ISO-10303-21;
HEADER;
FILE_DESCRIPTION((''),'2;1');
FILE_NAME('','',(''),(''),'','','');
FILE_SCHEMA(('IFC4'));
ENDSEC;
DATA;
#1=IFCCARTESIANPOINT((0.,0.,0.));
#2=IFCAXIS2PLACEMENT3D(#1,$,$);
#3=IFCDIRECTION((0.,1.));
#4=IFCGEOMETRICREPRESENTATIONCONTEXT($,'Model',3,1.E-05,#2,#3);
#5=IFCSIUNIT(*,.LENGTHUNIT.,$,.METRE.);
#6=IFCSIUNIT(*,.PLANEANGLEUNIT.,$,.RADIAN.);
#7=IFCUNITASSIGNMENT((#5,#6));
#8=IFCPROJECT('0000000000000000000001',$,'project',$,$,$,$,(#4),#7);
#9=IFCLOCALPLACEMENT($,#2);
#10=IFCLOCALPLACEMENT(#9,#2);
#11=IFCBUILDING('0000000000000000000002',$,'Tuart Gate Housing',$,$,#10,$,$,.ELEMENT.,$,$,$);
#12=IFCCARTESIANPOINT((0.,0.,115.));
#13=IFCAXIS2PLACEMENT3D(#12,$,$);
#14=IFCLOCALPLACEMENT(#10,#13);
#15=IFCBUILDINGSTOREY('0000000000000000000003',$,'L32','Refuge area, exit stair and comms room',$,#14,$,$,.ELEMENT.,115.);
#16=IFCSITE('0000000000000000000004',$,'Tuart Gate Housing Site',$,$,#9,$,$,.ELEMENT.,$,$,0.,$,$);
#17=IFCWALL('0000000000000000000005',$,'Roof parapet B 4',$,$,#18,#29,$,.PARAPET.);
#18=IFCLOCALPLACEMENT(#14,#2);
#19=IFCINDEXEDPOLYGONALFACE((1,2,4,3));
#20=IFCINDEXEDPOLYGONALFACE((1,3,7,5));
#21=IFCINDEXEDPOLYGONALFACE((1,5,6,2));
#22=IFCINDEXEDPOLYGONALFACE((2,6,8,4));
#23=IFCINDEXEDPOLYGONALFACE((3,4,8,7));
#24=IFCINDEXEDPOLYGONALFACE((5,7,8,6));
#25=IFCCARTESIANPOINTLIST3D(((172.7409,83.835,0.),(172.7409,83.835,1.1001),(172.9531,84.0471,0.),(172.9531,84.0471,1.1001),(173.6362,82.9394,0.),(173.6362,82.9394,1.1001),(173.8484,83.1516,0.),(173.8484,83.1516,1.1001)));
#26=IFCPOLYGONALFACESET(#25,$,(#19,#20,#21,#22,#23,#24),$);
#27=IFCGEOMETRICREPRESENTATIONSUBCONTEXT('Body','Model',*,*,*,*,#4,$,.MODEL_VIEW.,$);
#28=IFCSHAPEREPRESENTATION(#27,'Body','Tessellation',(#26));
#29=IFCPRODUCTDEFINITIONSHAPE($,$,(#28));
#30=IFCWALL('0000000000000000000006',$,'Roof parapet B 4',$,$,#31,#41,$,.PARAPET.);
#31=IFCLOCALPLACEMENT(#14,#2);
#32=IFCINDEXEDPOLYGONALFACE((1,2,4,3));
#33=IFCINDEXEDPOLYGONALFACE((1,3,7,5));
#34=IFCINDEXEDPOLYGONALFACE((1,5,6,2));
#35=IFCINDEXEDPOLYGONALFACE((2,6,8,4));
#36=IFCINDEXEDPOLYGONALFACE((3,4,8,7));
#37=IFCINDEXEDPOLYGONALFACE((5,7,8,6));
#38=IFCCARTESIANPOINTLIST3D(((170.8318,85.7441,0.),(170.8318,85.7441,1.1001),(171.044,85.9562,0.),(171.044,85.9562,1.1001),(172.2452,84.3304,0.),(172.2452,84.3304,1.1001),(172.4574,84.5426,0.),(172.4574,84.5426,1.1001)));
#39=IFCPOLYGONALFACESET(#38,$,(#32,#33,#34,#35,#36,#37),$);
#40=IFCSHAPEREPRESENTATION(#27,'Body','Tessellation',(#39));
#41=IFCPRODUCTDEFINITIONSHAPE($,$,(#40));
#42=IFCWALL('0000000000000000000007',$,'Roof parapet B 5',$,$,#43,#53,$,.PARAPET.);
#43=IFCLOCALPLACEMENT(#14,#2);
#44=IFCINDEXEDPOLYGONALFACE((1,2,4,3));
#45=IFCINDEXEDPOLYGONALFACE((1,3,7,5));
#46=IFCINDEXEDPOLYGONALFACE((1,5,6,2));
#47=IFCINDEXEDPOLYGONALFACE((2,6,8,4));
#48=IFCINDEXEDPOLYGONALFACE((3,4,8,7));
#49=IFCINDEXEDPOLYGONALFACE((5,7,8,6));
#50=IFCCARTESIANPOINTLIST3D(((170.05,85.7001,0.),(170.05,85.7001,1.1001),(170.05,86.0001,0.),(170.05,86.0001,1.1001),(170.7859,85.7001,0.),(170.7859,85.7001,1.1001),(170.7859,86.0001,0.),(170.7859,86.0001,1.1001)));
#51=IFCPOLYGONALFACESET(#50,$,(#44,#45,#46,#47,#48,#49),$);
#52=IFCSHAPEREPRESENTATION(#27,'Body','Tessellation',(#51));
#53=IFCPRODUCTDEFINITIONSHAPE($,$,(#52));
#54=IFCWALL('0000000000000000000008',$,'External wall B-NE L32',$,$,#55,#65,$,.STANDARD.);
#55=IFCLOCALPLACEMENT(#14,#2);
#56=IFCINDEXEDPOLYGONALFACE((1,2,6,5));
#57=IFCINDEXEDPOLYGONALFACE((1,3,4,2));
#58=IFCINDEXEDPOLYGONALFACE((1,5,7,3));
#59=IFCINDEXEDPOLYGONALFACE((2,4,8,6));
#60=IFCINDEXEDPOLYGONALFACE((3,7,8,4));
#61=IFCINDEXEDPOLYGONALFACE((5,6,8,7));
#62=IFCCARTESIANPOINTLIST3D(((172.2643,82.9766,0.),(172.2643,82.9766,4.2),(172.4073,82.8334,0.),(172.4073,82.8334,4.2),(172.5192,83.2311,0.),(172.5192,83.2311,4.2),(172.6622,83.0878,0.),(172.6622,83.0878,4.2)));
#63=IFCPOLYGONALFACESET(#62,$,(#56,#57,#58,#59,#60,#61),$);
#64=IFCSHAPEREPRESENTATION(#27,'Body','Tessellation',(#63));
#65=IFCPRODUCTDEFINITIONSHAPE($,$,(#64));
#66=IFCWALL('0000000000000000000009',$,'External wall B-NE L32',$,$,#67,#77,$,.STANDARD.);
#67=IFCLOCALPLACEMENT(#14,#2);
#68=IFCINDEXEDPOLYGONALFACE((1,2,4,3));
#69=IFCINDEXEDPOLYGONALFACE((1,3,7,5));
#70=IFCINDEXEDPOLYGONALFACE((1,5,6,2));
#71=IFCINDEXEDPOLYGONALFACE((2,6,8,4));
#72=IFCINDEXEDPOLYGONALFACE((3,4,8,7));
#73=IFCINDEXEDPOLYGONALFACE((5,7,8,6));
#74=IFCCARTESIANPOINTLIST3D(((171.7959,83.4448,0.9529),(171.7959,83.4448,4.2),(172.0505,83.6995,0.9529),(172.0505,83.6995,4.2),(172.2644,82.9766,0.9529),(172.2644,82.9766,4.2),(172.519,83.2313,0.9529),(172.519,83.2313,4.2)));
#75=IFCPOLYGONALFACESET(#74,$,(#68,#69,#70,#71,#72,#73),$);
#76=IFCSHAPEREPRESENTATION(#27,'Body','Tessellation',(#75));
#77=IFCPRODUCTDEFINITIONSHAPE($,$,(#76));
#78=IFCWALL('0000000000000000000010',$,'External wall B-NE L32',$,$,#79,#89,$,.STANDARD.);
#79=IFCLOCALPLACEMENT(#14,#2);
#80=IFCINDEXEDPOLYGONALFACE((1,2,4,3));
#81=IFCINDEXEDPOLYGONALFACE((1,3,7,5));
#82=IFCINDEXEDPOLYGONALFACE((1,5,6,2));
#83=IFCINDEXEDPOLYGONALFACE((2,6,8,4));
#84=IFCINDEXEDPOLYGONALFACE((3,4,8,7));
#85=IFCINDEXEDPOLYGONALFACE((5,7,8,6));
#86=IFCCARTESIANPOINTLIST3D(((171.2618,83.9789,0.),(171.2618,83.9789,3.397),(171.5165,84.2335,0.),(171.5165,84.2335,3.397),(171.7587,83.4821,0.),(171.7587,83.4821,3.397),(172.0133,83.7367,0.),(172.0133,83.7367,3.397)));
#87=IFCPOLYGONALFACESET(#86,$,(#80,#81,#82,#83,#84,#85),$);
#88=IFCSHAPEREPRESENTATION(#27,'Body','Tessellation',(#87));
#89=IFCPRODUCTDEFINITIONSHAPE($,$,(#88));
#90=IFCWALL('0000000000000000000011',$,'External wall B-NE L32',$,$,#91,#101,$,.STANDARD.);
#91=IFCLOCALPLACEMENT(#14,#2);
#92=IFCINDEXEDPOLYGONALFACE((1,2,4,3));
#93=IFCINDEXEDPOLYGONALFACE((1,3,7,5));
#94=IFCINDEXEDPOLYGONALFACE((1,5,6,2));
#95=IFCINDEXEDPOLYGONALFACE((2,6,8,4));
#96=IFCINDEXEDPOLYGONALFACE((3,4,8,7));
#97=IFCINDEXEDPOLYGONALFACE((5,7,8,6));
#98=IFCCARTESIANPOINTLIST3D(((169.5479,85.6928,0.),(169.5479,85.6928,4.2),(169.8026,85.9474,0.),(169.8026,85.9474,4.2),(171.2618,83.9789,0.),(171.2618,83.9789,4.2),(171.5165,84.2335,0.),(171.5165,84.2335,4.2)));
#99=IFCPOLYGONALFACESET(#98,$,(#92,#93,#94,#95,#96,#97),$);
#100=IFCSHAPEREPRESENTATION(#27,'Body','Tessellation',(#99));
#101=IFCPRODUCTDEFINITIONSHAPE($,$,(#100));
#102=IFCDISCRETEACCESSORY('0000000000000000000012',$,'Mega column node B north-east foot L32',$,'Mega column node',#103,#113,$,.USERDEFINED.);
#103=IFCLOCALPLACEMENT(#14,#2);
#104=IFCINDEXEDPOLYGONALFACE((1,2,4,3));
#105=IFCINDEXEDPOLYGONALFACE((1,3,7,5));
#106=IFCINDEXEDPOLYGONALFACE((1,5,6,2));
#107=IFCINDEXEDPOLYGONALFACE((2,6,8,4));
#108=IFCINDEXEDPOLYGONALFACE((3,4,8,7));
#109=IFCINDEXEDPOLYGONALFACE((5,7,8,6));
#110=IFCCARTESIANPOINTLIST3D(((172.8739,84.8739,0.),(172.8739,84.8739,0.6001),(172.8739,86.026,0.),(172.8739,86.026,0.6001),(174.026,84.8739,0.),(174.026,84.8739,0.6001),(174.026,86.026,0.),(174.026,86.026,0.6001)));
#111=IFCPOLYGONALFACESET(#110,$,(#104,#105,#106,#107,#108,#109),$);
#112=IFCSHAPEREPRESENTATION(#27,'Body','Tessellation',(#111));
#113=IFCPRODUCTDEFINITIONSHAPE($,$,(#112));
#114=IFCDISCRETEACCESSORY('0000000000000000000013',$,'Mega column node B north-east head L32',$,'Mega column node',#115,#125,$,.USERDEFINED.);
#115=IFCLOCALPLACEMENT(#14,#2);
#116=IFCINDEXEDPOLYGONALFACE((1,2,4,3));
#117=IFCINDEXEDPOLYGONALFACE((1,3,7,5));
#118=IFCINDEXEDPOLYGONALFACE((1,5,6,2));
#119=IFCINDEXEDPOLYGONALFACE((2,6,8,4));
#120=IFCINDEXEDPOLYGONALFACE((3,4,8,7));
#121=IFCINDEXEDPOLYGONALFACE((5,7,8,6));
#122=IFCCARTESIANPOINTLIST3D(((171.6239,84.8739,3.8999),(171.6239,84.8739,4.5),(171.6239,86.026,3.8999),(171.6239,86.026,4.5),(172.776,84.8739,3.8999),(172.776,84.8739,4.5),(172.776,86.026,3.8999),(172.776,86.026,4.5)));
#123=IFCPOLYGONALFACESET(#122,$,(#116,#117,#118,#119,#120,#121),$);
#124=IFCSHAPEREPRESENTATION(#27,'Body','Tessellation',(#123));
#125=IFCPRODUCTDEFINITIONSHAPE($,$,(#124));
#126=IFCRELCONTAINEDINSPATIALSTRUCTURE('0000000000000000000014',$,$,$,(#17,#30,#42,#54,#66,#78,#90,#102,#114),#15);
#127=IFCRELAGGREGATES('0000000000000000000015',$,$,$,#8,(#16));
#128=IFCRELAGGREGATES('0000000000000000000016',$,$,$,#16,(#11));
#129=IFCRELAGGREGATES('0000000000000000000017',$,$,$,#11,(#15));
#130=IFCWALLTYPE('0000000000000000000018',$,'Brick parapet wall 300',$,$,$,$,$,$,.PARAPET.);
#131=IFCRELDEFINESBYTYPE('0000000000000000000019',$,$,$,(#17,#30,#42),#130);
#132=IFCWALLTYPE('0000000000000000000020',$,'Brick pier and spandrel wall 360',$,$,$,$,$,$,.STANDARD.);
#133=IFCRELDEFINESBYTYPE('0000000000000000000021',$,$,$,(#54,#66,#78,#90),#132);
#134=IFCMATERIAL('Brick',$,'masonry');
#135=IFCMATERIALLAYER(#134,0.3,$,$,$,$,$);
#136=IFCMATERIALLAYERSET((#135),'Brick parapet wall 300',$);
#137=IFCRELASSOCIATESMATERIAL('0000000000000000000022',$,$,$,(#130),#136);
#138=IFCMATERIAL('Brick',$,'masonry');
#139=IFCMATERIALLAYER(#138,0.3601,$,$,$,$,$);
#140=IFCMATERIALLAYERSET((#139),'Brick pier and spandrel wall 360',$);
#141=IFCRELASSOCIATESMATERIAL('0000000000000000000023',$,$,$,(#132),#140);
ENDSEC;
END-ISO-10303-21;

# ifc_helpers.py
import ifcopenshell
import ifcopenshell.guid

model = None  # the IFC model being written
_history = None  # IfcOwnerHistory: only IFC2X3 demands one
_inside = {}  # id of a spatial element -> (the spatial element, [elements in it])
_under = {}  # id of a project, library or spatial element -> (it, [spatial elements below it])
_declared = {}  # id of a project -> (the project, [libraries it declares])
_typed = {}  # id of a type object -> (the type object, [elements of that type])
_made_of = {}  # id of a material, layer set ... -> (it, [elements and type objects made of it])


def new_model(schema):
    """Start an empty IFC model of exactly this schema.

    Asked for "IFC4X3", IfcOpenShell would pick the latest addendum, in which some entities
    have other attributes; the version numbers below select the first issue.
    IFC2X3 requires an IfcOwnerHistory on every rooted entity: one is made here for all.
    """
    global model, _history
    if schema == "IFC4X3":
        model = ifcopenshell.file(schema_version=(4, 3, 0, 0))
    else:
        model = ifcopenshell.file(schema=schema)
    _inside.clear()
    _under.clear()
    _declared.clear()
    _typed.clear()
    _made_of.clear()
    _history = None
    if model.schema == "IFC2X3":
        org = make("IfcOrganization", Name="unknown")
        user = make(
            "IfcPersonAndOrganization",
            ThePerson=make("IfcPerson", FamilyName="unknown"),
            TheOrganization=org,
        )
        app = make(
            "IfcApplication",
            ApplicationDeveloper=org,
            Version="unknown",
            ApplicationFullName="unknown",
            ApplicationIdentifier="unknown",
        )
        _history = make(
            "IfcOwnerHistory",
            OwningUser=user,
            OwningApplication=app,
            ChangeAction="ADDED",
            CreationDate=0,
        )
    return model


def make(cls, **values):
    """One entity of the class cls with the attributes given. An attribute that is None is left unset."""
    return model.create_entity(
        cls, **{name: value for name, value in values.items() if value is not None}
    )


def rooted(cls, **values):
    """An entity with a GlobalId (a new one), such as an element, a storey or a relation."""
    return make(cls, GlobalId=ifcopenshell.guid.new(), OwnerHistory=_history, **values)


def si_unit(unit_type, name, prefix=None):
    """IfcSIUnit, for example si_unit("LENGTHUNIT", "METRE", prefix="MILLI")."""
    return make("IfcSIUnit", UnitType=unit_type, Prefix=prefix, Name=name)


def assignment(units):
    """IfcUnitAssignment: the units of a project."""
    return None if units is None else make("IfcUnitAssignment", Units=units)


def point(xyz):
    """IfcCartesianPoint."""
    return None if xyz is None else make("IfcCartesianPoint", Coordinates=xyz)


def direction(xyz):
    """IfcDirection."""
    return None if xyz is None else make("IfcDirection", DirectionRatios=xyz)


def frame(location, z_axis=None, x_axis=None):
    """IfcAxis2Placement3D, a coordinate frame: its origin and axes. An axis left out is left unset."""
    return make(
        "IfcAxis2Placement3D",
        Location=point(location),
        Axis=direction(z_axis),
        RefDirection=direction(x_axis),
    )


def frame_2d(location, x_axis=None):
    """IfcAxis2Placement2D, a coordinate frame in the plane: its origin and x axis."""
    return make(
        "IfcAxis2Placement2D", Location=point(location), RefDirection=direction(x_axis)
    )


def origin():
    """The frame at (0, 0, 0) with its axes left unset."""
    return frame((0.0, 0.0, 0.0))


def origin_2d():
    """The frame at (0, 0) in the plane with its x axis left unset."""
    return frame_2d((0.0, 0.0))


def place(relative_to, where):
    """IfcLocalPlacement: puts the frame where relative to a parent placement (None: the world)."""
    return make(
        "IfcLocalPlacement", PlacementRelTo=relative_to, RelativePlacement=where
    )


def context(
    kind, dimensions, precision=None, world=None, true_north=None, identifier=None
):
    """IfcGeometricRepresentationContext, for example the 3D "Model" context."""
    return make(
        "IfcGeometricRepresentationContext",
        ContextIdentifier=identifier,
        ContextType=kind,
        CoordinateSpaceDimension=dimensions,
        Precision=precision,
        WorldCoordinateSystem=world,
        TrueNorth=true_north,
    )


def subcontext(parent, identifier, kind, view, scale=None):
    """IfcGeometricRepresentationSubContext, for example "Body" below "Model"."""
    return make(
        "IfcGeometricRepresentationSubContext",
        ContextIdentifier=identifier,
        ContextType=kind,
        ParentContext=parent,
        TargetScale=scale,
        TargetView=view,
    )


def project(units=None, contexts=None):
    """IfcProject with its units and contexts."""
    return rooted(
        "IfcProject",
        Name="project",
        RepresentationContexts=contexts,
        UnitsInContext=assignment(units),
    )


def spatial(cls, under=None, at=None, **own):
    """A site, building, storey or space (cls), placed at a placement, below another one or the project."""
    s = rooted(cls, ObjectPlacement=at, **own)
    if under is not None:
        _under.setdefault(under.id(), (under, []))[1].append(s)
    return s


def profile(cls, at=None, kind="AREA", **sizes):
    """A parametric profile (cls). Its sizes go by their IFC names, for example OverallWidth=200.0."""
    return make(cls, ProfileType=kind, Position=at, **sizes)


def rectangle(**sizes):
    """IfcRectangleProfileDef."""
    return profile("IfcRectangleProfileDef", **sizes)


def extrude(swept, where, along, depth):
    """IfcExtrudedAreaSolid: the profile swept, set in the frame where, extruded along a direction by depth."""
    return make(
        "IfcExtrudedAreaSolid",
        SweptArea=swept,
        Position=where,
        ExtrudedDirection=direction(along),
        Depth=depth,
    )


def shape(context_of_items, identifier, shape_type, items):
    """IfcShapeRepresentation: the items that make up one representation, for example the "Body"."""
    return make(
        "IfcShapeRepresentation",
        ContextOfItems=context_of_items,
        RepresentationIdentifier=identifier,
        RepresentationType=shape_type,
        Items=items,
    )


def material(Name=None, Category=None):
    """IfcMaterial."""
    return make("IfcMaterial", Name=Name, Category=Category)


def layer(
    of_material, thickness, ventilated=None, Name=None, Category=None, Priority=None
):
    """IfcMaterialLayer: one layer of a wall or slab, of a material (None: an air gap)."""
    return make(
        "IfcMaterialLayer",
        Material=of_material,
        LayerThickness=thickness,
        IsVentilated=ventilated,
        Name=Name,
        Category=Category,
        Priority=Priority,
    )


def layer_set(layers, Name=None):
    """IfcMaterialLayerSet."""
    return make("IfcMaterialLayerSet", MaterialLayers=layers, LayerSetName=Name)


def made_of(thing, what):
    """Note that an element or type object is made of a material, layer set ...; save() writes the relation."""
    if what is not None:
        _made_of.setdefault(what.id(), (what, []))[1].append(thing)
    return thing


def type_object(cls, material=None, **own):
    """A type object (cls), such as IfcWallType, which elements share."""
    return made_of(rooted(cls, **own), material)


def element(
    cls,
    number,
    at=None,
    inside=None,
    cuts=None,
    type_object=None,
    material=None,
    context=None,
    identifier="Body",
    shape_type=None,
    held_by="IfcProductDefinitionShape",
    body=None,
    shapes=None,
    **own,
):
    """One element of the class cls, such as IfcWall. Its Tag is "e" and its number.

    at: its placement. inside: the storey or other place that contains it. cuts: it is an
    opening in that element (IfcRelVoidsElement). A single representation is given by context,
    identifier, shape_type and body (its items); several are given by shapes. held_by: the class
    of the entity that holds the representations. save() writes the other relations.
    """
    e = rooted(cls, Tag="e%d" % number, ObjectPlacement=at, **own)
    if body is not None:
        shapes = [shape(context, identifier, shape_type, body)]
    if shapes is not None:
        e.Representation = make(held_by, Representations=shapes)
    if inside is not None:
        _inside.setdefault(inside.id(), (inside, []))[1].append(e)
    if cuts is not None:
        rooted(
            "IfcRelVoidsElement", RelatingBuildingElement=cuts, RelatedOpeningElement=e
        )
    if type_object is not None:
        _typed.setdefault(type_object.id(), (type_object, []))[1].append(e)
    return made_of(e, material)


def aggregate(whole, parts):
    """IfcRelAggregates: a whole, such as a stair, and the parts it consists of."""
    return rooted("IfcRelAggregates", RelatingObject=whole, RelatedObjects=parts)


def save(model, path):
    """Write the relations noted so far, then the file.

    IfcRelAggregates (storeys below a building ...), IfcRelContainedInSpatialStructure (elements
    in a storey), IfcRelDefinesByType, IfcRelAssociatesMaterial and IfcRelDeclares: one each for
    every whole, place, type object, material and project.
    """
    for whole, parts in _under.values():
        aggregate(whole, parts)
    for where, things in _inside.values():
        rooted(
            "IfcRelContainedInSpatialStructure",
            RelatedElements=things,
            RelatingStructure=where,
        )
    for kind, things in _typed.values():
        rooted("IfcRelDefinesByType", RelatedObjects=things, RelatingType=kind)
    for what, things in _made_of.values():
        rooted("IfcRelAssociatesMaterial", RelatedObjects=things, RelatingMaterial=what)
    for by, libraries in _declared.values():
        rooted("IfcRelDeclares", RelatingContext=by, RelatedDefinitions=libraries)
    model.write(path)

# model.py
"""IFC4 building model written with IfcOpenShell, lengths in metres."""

from ifc_helpers import new_model, si_unit, direction, frame, frame_2d, origin, origin_2d, place, context, subcontext, project, spatial, rectangle, extrude, material, layer, layer_set, type_object, element, save


model = new_model("IFC4")

# Units and contexts
model_context = context("Model", 3, precision=1e-05, world=origin(), true_north=direction((0.0, 1.0)))
body_context = subcontext(model_context, "Body", "Model", "MODEL_VIEW")
ifc_project = project(units=[si_unit("LENGTHUNIT", "METRE"), si_unit("PLANEANGLEUNIT", "RADIAN")], contexts=[model_context])

# Site, building, storey
site_placement = place(None, origin())
site = spatial("IfcSite", under=ifc_project, at=site_placement, Name="Tuart Gate Housing Site", CompositionType="ELEMENT", RefElevation=0.0)
building_placement = place(site_placement, origin())
building = spatial("IfcBuilding", under=site, at=building_placement, Name="Tuart Gate Housing", CompositionType="ELEMENT")
storey_placement = place(building_placement, frame((0.0, 0.0, 115.0)))
storey = spatial("IfcBuildingStorey", under=building, at=storey_placement, Name="L32", Description="Refuge area, exit stair and comms room", CompositionType="ELEMENT", Elevation=115.0)

# Walls
ifc_material_1 = material(Name="Brick", Category="masonry")
ifc_layer_1 = layer(ifc_material_1, 0.3)
ifc_layer_set_1 = layer_set([ifc_layer_1], Name="Brick parapet wall 300")
wall_type_1 = type_object("IfcWallType", Name="Brick parapet wall 300", PredefinedType="PARAPET", material=ifc_layer_set_1)
wall_1_placement = place(storey_placement, frame((173.7424, 83.0454, 0.0), z_axis=(0.0, 0.0, 1.0), x_axis=(-0.70701, 0.707203, 0.0)))
element("IfcWall", 1, at=wall_1_placement, inside=storey, type_object=wall_type_1, Name="Roof parapet B 4", PredefinedType="PARAPET", context=body_context, shape_type="SweptSolid", body=[
    extrude(rectangle(XDim=1.2664, YDim=0.3, at=frame_2d((0.6333, 0.0))), origin(), (0.0, 0.0, 1.0), 1.1001),
])
wall_2_placement = place(storey_placement, frame((172.3513, 84.4365, 0.0), z_axis=(0.0, 0.0, 1.0), x_axis=(-0.707046, 0.707168, 0.0)))
element("IfcWall", 2, at=wall_2_placement, inside=storey, type_object=wall_type_1, Name="Roof parapet B 4", PredefinedType="PARAPET", context=body_context, shape_type="SweptSolid", body=[
    extrude(rectangle(XDim=1.999, YDim=0.3, at=frame_2d((0.9995, 0.0))), origin(), (0.0, 0.0, 1.0), 1.1001),
])
wall_3_placement = place(storey_placement, frame((170.7859, 85.8501, 0.0), z_axis=(0.0, 0.0, 1.0), x_axis=(-1.0, 0.0, 0.0)))
element("IfcWall", 3, at=wall_3_placement, inside=storey, type_object=wall_type_1, Name="Roof parapet B 5", PredefinedType="PARAPET", context=body_context, shape_type="SweptSolid", body=[
    extrude(rectangle(XDim=0.7358, YDim=0.3, at=frame_2d((0.3679, 0.0))), origin(), (0.0, 0.0, 1.0), 1.1001),
])
ifc_material_2 = material(Name="Brick", Category="masonry")
ifc_layer_2 = layer(ifc_material_2, 0.3601)
ifc_layer_set_2 = layer_set([ifc_layer_2], Name="Brick pier and spandrel wall 360")
wall_type_2 = type_object("IfcWallType", Name="Brick pier and spandrel wall 360", PredefinedType="STANDARD", material=ifc_layer_set_2)
wall_4_placement = place(storey_placement, frame((172.5347, 82.9607, 0.0), z_axis=(0.0, 0.0, 1.0), x_axis=(-0.706504, 0.707709, 0.0)))
element("IfcWall", 4, at=wall_4_placement, inside=storey, type_object=wall_type_2, Name="External wall B-NE L32", PredefinedType="STANDARD", context=body_context, shape_type="SweptSolid", body=[
    extrude(rectangle(XDim=0.2024, YDim=0.3601, at=frame_2d((0.1011, 0.0))), origin(), (0.0, 0.0, 1.0), 4.2),
])
wall_5_placement = place(storey_placement, frame((172.3916, 83.104, 0.9529), z_axis=(0.0, 0.0, 1.0), x_axis=(-0.707291, 0.706922, 0.0)))
element("IfcWall", 5, at=wall_5_placement, inside=storey, type_object=wall_type_2, Name="External wall B-NE L32", PredefinedType="STANDARD", context=body_context, shape_type="SweptSolid", body=[
    extrude(rectangle(XDim=0.6624, YDim=0.3601, at=frame_2d((0.3311, 0.0))), origin(), (0.0, 0.0, 1.0), 3.2471),
])
wall_6_placement = place(storey_placement, frame((171.886, 83.6094, 0.0), z_axis=(0.0, 0.0, 1.0), x_axis=(-0.707107, 0.707107, 0.0)))
element("IfcWall", 6, at=wall_6_placement, inside=storey, type_object=wall_type_2, Name="External wall B-NE L32", PredefinedType="STANDARD", context=body_context, shape_type="SweptSolid", body=[
    extrude(rectangle(XDim=0.7026, YDim=0.3601, at=frame_2d((0.3513, 0.0))), origin(), (0.0, 0.0, 1.0), 3.397),
])
wall_7_placement = place(storey_placement, frame((171.3892, 84.1062, 0.0), z_axis=(0.0, 0.0, 1.0), x_axis=(-0.707107, 0.707107, 0.0)))
element("IfcWall", 7, at=wall_7_placement, inside=storey, type_object=wall_type_2, Name="External wall B-NE L32", PredefinedType="STANDARD", context=body_context, shape_type="SweptSolid", body=[
    extrude(rectangle(XDim=2.4238, YDim=0.3601, at=frame_2d((1.2119, 0.0))), origin(), (0.0, 0.0, 1.0), 4.2),
])

# Discrete accessories
for number, where, z_axis, x_axis, name in (
    (8, (173.45, 85.45, 0.0), (0.0, 0.0, 1.0), (1.0, 0.0, 0.0), "Mega column node B north-east foot L32"),
    (9, (172.2, 85.45, 3.8999), (0.0, 0.0, 1.0), (1.0, 0.0, 0.0), "Mega column node B north-east head L32"),
):
    element("IfcDiscreteAccessory", number, at=place(storey_placement, frame(where, z_axis=z_axis, x_axis=x_axis)), inside=storey, Name=name, ObjectType="Mega column node", PredefinedType="USERDEFINED", context=body_context, shape_type="SweptSolid", body=[
        extrude(rectangle(XDim=1.1521, YDim=1.1521, at=origin_2d()), origin(), (0.0, 0.0, 1.0), 0.6001),
    ])

save(model, "model.ifc")
